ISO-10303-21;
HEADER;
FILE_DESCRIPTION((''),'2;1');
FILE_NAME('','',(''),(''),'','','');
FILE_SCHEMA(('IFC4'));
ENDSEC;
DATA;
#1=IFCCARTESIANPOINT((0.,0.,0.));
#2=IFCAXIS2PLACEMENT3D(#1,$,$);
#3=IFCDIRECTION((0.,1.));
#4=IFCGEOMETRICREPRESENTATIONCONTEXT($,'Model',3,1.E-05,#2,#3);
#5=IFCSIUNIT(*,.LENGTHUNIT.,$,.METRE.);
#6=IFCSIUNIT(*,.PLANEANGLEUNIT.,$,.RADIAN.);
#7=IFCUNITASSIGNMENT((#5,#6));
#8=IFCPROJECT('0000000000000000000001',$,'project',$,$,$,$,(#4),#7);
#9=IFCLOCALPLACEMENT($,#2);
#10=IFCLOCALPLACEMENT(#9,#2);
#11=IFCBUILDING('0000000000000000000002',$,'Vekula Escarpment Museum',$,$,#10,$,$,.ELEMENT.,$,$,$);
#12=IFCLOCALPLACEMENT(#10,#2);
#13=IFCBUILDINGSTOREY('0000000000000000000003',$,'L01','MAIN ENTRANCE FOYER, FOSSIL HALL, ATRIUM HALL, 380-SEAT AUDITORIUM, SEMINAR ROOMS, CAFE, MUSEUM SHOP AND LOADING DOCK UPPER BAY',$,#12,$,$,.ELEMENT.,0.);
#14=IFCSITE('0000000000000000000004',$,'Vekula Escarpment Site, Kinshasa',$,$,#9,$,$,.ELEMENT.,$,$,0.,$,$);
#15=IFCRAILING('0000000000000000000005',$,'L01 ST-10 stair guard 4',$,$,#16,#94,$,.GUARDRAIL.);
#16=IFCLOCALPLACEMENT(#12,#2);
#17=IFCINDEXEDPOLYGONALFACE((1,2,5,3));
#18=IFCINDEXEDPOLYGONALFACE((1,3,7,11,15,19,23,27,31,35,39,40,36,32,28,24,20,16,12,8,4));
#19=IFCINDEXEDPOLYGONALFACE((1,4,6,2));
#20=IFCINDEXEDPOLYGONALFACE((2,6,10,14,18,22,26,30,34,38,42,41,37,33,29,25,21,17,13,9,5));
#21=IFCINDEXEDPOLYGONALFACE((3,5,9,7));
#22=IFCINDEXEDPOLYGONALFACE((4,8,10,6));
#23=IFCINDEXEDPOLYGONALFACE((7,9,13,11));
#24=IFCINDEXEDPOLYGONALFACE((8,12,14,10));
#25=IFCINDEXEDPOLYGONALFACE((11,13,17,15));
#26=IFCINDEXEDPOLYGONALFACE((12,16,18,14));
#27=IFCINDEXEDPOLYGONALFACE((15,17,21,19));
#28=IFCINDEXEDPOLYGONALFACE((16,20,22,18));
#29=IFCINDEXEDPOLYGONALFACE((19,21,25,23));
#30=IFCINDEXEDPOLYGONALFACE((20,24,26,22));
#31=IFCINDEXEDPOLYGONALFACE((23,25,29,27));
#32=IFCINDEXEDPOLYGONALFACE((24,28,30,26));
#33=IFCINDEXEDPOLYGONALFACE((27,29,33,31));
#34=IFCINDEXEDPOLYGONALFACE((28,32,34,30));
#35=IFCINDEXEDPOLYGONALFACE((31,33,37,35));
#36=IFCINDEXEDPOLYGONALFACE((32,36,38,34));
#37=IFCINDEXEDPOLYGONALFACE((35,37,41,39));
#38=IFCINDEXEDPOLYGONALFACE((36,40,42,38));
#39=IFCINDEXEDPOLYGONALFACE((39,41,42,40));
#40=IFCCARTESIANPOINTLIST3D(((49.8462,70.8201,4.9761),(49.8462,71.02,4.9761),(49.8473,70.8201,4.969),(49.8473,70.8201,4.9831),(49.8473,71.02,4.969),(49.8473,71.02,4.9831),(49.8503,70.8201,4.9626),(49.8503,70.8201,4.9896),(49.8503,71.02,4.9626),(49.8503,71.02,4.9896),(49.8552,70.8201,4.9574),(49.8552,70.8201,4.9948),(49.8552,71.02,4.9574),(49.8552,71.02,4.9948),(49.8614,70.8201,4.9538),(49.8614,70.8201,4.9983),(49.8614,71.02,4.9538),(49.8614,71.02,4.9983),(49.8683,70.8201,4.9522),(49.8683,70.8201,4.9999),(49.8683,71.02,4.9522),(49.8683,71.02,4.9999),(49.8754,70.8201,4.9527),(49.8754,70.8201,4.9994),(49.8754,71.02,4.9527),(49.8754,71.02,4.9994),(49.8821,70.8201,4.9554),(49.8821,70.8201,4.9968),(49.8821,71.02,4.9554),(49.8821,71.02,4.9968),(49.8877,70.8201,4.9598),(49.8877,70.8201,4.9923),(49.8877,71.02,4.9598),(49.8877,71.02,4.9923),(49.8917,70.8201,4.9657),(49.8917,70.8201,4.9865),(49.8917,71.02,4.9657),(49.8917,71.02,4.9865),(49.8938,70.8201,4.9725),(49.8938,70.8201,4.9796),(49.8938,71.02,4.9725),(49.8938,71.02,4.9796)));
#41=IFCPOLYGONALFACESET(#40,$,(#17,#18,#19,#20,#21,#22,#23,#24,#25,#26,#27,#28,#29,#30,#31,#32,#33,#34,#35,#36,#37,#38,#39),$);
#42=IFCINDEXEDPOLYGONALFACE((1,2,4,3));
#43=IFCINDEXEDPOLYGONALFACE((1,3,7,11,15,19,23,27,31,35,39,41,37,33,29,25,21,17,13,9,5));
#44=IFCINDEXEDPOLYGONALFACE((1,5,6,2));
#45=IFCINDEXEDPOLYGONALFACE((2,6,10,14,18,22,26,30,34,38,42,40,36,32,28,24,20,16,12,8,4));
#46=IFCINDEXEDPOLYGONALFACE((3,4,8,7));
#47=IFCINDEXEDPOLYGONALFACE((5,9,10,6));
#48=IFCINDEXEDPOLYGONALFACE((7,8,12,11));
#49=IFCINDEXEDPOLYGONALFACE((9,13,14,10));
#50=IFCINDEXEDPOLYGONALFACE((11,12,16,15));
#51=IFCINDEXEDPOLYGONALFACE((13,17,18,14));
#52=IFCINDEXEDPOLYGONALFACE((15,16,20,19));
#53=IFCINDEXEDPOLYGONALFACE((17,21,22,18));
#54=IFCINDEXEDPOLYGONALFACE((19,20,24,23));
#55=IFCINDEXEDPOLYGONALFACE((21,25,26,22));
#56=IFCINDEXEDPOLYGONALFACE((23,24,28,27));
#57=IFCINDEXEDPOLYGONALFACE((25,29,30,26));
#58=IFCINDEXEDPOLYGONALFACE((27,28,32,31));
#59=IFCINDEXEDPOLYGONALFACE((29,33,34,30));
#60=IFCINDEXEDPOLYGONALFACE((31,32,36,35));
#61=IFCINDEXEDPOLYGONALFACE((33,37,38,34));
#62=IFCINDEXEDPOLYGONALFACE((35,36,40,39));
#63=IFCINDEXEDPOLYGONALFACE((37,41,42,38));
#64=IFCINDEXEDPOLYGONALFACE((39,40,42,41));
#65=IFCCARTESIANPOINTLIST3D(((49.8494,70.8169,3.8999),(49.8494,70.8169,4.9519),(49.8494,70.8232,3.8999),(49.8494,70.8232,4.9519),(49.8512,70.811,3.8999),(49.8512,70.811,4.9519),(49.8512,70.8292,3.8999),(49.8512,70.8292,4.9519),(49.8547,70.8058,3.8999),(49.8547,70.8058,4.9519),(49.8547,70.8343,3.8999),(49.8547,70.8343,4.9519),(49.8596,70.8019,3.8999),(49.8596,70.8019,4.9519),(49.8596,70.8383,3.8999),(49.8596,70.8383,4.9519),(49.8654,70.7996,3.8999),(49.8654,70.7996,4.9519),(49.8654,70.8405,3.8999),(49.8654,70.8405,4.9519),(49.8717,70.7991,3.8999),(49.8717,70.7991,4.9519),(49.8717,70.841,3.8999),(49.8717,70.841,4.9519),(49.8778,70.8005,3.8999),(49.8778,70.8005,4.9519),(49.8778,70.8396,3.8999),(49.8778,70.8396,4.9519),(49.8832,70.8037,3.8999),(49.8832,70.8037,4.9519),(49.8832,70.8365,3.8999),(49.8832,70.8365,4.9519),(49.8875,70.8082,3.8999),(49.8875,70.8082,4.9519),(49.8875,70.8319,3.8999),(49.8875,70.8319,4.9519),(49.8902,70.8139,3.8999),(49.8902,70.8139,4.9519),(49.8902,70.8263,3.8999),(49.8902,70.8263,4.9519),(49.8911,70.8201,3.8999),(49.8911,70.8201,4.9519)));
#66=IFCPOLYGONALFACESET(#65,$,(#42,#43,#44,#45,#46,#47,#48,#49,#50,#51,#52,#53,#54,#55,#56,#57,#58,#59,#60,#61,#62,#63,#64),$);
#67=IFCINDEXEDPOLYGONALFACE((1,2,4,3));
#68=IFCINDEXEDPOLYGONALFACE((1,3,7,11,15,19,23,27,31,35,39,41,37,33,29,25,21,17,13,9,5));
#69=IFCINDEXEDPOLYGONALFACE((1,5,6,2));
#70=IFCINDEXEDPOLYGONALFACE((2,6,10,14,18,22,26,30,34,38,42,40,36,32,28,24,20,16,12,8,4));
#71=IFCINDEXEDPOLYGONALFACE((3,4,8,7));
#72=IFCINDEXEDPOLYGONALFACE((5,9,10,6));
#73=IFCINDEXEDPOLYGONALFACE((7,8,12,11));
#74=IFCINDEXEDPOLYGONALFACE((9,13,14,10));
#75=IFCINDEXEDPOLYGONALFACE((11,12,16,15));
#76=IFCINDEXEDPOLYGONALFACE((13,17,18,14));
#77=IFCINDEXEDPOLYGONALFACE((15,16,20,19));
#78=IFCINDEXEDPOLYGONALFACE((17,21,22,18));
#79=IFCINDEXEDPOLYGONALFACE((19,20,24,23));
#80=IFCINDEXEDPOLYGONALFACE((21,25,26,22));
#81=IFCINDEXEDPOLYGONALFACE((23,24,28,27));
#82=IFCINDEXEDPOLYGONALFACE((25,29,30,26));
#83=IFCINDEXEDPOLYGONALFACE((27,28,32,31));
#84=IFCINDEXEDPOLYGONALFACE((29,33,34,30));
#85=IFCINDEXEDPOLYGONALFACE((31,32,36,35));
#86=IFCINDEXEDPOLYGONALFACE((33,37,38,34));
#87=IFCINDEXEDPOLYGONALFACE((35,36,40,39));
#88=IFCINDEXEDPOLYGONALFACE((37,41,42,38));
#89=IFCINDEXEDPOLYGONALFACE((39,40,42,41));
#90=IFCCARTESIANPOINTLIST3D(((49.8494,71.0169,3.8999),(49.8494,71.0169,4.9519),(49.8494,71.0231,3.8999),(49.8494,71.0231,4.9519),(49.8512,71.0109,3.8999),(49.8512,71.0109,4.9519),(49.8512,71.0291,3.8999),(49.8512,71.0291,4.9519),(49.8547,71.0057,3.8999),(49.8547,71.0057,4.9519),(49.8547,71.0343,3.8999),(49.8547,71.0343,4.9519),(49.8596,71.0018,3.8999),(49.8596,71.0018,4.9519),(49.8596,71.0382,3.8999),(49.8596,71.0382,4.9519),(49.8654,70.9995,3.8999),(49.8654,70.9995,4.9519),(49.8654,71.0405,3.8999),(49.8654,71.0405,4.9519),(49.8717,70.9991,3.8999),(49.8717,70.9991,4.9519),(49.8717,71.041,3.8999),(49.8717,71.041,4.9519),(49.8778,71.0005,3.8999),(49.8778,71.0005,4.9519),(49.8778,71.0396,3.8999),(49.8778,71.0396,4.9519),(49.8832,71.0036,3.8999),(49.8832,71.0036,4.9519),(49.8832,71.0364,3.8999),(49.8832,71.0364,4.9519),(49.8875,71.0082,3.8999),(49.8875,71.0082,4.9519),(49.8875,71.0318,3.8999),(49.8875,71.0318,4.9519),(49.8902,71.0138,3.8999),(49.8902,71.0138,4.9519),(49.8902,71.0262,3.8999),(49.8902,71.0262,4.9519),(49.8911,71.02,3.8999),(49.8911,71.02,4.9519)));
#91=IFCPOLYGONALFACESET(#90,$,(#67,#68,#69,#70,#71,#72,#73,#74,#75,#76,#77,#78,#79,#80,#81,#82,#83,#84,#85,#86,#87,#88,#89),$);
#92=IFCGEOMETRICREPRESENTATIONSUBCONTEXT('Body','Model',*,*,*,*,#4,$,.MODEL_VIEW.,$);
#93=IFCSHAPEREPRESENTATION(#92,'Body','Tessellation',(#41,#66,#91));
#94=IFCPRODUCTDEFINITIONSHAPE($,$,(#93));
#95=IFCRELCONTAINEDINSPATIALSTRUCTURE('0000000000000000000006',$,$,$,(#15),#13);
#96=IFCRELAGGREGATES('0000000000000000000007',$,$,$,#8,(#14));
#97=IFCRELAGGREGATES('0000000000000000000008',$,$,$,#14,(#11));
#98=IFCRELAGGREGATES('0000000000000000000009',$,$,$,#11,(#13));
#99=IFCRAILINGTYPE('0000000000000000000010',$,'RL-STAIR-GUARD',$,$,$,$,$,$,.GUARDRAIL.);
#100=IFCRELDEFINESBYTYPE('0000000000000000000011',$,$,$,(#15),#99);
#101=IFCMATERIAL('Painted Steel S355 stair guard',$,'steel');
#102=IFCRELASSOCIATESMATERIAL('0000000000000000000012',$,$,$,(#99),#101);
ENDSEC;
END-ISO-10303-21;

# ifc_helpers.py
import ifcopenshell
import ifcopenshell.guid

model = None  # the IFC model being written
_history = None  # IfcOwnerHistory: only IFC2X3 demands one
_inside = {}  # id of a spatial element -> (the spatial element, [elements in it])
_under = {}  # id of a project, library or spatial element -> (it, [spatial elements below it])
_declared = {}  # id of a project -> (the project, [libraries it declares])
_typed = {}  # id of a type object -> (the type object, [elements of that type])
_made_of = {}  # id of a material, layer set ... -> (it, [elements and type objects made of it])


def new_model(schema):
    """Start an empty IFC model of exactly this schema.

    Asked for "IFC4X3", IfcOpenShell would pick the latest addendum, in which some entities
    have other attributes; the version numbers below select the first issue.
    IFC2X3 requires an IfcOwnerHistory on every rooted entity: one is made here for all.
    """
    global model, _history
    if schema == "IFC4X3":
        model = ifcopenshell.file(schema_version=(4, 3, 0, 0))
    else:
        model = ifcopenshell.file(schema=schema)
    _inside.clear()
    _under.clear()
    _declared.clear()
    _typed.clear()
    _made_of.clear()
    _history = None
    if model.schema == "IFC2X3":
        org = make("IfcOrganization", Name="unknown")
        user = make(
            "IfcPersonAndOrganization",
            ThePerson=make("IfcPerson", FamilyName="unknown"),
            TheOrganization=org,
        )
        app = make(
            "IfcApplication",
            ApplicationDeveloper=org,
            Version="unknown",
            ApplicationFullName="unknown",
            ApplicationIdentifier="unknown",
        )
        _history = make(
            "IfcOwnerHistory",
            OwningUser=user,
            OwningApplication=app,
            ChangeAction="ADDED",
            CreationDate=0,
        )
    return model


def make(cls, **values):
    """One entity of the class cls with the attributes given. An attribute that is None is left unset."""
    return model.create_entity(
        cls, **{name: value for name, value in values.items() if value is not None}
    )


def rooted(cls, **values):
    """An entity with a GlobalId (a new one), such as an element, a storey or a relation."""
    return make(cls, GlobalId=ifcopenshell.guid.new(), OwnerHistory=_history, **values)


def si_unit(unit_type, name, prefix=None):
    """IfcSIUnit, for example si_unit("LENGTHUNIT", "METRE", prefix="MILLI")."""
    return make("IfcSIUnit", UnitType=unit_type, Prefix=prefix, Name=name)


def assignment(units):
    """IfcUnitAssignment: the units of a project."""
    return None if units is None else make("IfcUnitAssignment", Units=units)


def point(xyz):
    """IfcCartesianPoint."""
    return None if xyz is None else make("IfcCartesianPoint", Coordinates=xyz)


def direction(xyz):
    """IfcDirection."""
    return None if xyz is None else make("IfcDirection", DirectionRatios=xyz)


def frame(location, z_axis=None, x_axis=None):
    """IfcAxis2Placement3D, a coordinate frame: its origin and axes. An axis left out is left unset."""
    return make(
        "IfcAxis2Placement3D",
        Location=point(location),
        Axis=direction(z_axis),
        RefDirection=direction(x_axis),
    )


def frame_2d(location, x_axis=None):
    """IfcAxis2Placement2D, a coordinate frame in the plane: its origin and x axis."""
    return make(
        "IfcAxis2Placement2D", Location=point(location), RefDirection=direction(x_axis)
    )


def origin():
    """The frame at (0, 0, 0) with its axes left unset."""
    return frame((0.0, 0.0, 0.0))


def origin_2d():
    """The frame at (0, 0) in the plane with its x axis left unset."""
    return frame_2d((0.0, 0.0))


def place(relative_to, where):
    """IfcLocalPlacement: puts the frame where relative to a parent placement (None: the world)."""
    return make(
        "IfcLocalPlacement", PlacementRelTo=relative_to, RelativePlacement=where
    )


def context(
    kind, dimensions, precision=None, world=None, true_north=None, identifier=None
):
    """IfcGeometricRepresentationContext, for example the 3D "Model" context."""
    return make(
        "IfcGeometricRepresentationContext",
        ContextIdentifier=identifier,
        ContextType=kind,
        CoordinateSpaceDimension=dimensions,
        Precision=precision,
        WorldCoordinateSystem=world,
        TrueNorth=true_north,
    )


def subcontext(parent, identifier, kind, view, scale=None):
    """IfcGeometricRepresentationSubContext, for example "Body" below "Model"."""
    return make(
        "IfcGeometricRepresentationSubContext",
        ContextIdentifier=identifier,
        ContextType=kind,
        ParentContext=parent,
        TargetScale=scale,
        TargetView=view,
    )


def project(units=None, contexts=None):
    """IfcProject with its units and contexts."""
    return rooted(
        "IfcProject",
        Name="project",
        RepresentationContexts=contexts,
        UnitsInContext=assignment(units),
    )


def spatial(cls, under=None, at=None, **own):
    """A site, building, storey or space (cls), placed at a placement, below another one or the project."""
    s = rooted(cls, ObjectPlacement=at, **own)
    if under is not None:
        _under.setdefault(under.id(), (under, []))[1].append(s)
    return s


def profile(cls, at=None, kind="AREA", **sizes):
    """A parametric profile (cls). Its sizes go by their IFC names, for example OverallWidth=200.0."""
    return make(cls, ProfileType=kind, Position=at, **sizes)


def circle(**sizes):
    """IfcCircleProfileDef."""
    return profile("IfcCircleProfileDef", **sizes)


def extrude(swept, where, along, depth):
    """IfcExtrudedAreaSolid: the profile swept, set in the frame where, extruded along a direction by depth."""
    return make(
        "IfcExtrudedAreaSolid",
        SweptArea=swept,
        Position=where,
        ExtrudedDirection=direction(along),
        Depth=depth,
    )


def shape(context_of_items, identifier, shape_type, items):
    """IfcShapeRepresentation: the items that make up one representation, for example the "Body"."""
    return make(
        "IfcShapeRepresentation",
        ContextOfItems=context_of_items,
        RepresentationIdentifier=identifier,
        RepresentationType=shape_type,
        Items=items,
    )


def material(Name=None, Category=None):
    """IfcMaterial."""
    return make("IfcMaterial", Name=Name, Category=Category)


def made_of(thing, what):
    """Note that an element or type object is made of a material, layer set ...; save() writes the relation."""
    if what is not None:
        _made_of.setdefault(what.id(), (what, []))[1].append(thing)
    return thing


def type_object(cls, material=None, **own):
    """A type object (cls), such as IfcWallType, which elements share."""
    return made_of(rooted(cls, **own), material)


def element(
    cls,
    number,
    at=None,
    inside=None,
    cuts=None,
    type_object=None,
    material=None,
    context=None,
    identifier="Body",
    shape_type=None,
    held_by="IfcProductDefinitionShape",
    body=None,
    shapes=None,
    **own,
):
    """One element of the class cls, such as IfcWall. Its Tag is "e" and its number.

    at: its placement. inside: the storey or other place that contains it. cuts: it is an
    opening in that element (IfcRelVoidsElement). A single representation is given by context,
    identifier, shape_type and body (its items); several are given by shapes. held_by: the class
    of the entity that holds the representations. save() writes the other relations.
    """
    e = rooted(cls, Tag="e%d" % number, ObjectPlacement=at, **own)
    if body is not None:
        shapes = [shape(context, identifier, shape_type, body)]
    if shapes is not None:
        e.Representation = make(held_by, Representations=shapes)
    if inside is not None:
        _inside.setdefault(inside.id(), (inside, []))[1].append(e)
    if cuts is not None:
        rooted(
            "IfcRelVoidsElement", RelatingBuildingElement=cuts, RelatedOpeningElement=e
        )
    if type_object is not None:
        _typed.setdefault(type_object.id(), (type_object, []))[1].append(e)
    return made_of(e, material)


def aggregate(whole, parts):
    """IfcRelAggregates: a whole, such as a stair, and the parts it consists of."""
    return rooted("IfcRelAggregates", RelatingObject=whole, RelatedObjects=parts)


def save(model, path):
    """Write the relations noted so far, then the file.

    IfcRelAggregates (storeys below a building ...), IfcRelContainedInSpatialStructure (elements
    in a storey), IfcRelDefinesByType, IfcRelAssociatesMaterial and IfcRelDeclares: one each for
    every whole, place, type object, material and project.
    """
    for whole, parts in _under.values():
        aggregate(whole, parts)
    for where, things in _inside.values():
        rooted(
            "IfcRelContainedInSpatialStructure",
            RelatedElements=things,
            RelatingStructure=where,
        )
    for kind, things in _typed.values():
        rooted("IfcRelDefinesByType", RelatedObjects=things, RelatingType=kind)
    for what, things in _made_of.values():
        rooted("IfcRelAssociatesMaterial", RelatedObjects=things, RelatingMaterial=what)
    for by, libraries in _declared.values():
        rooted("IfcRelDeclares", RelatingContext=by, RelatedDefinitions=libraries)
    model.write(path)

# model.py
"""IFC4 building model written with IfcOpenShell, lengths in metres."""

from ifc_helpers import new_model, si_unit, direction, frame, origin, origin_2d, place, context, subcontext, project, spatial, circle, extrude, material, type_object, element, save


model = new_model("IFC4")

# Units and contexts
model_context = context("Model", 3, precision=1e-05, world=origin(), true_north=direction((0.0, 1.0)))
body_context = subcontext(model_context, "Body", "Model", "MODEL_VIEW")
ifc_project = project(units=[si_unit("LENGTHUNIT", "METRE"), si_unit("PLANEANGLEUNIT", "RADIAN")], contexts=[model_context])

# Site, building, storey
site_placement = place(None, origin())
site = spatial("IfcSite", under=ifc_project, at=site_placement, Name="Vekula Escarpment Site, Kinshasa", CompositionType="ELEMENT", RefElevation=0.0)
building_placement = place(site_placement, origin())
building = spatial("IfcBuilding", under=site, at=building_placement, Name="Vekula Escarpment Museum", CompositionType="ELEMENT")
storey_placement = place(building_placement, origin())
storey = spatial("IfcBuildingStorey", under=building, at=storey_placement, Name="L01", Description="MAIN ENTRANCE FOYER, FOSSIL HALL, ATRIUM HALL, 380-SEAT AUDITORIUM, SEMINAR ROOMS, CAFE, MUSEUM SHOP AND LOADING DOCK UPPER BAY", CompositionType="ELEMENT", Elevation=0.0)

# Railing
ifc_material_1 = material(Name="Painted Steel S355 stair guard", Category="steel")
railing_type_1 = type_object("IfcRailingType", Name="RL-STAIR-GUARD", PredefinedType="GUARDRAIL", material=ifc_material_1)
railing_1_placement = place(storey_placement, frame((49.8701, 70.8201, 3.8999)))
element("IfcRailing", 1, at=railing_1_placement, inside=storey, type_object=railing_type_1, Name="L01 ST-10 stair guard 4", PredefinedType="GUARDRAIL", context=body_context, shape_type="SweptSolid", body=[
    extrude(circle(Radius=0.0239, at=origin_2d()), frame((0.0, 0.0, 1.0762), z_axis=(0.0, 1.0, 0.0), x_axis=(-1.0, 0.0, 0.0)), (0.0, 0.0, 1.0), 0.2),
    extrude(circle(Radius=0.021, at=origin_2d()), origin(), (0.0, 0.0, 1.0), 1.052),
    extrude(circle(Radius=0.021, at=origin_2d()), frame((0.0, 0.2, 0.0)), (0.0, 0.0, 1.0), 1.052),
])

save(model, "model.ifc")
